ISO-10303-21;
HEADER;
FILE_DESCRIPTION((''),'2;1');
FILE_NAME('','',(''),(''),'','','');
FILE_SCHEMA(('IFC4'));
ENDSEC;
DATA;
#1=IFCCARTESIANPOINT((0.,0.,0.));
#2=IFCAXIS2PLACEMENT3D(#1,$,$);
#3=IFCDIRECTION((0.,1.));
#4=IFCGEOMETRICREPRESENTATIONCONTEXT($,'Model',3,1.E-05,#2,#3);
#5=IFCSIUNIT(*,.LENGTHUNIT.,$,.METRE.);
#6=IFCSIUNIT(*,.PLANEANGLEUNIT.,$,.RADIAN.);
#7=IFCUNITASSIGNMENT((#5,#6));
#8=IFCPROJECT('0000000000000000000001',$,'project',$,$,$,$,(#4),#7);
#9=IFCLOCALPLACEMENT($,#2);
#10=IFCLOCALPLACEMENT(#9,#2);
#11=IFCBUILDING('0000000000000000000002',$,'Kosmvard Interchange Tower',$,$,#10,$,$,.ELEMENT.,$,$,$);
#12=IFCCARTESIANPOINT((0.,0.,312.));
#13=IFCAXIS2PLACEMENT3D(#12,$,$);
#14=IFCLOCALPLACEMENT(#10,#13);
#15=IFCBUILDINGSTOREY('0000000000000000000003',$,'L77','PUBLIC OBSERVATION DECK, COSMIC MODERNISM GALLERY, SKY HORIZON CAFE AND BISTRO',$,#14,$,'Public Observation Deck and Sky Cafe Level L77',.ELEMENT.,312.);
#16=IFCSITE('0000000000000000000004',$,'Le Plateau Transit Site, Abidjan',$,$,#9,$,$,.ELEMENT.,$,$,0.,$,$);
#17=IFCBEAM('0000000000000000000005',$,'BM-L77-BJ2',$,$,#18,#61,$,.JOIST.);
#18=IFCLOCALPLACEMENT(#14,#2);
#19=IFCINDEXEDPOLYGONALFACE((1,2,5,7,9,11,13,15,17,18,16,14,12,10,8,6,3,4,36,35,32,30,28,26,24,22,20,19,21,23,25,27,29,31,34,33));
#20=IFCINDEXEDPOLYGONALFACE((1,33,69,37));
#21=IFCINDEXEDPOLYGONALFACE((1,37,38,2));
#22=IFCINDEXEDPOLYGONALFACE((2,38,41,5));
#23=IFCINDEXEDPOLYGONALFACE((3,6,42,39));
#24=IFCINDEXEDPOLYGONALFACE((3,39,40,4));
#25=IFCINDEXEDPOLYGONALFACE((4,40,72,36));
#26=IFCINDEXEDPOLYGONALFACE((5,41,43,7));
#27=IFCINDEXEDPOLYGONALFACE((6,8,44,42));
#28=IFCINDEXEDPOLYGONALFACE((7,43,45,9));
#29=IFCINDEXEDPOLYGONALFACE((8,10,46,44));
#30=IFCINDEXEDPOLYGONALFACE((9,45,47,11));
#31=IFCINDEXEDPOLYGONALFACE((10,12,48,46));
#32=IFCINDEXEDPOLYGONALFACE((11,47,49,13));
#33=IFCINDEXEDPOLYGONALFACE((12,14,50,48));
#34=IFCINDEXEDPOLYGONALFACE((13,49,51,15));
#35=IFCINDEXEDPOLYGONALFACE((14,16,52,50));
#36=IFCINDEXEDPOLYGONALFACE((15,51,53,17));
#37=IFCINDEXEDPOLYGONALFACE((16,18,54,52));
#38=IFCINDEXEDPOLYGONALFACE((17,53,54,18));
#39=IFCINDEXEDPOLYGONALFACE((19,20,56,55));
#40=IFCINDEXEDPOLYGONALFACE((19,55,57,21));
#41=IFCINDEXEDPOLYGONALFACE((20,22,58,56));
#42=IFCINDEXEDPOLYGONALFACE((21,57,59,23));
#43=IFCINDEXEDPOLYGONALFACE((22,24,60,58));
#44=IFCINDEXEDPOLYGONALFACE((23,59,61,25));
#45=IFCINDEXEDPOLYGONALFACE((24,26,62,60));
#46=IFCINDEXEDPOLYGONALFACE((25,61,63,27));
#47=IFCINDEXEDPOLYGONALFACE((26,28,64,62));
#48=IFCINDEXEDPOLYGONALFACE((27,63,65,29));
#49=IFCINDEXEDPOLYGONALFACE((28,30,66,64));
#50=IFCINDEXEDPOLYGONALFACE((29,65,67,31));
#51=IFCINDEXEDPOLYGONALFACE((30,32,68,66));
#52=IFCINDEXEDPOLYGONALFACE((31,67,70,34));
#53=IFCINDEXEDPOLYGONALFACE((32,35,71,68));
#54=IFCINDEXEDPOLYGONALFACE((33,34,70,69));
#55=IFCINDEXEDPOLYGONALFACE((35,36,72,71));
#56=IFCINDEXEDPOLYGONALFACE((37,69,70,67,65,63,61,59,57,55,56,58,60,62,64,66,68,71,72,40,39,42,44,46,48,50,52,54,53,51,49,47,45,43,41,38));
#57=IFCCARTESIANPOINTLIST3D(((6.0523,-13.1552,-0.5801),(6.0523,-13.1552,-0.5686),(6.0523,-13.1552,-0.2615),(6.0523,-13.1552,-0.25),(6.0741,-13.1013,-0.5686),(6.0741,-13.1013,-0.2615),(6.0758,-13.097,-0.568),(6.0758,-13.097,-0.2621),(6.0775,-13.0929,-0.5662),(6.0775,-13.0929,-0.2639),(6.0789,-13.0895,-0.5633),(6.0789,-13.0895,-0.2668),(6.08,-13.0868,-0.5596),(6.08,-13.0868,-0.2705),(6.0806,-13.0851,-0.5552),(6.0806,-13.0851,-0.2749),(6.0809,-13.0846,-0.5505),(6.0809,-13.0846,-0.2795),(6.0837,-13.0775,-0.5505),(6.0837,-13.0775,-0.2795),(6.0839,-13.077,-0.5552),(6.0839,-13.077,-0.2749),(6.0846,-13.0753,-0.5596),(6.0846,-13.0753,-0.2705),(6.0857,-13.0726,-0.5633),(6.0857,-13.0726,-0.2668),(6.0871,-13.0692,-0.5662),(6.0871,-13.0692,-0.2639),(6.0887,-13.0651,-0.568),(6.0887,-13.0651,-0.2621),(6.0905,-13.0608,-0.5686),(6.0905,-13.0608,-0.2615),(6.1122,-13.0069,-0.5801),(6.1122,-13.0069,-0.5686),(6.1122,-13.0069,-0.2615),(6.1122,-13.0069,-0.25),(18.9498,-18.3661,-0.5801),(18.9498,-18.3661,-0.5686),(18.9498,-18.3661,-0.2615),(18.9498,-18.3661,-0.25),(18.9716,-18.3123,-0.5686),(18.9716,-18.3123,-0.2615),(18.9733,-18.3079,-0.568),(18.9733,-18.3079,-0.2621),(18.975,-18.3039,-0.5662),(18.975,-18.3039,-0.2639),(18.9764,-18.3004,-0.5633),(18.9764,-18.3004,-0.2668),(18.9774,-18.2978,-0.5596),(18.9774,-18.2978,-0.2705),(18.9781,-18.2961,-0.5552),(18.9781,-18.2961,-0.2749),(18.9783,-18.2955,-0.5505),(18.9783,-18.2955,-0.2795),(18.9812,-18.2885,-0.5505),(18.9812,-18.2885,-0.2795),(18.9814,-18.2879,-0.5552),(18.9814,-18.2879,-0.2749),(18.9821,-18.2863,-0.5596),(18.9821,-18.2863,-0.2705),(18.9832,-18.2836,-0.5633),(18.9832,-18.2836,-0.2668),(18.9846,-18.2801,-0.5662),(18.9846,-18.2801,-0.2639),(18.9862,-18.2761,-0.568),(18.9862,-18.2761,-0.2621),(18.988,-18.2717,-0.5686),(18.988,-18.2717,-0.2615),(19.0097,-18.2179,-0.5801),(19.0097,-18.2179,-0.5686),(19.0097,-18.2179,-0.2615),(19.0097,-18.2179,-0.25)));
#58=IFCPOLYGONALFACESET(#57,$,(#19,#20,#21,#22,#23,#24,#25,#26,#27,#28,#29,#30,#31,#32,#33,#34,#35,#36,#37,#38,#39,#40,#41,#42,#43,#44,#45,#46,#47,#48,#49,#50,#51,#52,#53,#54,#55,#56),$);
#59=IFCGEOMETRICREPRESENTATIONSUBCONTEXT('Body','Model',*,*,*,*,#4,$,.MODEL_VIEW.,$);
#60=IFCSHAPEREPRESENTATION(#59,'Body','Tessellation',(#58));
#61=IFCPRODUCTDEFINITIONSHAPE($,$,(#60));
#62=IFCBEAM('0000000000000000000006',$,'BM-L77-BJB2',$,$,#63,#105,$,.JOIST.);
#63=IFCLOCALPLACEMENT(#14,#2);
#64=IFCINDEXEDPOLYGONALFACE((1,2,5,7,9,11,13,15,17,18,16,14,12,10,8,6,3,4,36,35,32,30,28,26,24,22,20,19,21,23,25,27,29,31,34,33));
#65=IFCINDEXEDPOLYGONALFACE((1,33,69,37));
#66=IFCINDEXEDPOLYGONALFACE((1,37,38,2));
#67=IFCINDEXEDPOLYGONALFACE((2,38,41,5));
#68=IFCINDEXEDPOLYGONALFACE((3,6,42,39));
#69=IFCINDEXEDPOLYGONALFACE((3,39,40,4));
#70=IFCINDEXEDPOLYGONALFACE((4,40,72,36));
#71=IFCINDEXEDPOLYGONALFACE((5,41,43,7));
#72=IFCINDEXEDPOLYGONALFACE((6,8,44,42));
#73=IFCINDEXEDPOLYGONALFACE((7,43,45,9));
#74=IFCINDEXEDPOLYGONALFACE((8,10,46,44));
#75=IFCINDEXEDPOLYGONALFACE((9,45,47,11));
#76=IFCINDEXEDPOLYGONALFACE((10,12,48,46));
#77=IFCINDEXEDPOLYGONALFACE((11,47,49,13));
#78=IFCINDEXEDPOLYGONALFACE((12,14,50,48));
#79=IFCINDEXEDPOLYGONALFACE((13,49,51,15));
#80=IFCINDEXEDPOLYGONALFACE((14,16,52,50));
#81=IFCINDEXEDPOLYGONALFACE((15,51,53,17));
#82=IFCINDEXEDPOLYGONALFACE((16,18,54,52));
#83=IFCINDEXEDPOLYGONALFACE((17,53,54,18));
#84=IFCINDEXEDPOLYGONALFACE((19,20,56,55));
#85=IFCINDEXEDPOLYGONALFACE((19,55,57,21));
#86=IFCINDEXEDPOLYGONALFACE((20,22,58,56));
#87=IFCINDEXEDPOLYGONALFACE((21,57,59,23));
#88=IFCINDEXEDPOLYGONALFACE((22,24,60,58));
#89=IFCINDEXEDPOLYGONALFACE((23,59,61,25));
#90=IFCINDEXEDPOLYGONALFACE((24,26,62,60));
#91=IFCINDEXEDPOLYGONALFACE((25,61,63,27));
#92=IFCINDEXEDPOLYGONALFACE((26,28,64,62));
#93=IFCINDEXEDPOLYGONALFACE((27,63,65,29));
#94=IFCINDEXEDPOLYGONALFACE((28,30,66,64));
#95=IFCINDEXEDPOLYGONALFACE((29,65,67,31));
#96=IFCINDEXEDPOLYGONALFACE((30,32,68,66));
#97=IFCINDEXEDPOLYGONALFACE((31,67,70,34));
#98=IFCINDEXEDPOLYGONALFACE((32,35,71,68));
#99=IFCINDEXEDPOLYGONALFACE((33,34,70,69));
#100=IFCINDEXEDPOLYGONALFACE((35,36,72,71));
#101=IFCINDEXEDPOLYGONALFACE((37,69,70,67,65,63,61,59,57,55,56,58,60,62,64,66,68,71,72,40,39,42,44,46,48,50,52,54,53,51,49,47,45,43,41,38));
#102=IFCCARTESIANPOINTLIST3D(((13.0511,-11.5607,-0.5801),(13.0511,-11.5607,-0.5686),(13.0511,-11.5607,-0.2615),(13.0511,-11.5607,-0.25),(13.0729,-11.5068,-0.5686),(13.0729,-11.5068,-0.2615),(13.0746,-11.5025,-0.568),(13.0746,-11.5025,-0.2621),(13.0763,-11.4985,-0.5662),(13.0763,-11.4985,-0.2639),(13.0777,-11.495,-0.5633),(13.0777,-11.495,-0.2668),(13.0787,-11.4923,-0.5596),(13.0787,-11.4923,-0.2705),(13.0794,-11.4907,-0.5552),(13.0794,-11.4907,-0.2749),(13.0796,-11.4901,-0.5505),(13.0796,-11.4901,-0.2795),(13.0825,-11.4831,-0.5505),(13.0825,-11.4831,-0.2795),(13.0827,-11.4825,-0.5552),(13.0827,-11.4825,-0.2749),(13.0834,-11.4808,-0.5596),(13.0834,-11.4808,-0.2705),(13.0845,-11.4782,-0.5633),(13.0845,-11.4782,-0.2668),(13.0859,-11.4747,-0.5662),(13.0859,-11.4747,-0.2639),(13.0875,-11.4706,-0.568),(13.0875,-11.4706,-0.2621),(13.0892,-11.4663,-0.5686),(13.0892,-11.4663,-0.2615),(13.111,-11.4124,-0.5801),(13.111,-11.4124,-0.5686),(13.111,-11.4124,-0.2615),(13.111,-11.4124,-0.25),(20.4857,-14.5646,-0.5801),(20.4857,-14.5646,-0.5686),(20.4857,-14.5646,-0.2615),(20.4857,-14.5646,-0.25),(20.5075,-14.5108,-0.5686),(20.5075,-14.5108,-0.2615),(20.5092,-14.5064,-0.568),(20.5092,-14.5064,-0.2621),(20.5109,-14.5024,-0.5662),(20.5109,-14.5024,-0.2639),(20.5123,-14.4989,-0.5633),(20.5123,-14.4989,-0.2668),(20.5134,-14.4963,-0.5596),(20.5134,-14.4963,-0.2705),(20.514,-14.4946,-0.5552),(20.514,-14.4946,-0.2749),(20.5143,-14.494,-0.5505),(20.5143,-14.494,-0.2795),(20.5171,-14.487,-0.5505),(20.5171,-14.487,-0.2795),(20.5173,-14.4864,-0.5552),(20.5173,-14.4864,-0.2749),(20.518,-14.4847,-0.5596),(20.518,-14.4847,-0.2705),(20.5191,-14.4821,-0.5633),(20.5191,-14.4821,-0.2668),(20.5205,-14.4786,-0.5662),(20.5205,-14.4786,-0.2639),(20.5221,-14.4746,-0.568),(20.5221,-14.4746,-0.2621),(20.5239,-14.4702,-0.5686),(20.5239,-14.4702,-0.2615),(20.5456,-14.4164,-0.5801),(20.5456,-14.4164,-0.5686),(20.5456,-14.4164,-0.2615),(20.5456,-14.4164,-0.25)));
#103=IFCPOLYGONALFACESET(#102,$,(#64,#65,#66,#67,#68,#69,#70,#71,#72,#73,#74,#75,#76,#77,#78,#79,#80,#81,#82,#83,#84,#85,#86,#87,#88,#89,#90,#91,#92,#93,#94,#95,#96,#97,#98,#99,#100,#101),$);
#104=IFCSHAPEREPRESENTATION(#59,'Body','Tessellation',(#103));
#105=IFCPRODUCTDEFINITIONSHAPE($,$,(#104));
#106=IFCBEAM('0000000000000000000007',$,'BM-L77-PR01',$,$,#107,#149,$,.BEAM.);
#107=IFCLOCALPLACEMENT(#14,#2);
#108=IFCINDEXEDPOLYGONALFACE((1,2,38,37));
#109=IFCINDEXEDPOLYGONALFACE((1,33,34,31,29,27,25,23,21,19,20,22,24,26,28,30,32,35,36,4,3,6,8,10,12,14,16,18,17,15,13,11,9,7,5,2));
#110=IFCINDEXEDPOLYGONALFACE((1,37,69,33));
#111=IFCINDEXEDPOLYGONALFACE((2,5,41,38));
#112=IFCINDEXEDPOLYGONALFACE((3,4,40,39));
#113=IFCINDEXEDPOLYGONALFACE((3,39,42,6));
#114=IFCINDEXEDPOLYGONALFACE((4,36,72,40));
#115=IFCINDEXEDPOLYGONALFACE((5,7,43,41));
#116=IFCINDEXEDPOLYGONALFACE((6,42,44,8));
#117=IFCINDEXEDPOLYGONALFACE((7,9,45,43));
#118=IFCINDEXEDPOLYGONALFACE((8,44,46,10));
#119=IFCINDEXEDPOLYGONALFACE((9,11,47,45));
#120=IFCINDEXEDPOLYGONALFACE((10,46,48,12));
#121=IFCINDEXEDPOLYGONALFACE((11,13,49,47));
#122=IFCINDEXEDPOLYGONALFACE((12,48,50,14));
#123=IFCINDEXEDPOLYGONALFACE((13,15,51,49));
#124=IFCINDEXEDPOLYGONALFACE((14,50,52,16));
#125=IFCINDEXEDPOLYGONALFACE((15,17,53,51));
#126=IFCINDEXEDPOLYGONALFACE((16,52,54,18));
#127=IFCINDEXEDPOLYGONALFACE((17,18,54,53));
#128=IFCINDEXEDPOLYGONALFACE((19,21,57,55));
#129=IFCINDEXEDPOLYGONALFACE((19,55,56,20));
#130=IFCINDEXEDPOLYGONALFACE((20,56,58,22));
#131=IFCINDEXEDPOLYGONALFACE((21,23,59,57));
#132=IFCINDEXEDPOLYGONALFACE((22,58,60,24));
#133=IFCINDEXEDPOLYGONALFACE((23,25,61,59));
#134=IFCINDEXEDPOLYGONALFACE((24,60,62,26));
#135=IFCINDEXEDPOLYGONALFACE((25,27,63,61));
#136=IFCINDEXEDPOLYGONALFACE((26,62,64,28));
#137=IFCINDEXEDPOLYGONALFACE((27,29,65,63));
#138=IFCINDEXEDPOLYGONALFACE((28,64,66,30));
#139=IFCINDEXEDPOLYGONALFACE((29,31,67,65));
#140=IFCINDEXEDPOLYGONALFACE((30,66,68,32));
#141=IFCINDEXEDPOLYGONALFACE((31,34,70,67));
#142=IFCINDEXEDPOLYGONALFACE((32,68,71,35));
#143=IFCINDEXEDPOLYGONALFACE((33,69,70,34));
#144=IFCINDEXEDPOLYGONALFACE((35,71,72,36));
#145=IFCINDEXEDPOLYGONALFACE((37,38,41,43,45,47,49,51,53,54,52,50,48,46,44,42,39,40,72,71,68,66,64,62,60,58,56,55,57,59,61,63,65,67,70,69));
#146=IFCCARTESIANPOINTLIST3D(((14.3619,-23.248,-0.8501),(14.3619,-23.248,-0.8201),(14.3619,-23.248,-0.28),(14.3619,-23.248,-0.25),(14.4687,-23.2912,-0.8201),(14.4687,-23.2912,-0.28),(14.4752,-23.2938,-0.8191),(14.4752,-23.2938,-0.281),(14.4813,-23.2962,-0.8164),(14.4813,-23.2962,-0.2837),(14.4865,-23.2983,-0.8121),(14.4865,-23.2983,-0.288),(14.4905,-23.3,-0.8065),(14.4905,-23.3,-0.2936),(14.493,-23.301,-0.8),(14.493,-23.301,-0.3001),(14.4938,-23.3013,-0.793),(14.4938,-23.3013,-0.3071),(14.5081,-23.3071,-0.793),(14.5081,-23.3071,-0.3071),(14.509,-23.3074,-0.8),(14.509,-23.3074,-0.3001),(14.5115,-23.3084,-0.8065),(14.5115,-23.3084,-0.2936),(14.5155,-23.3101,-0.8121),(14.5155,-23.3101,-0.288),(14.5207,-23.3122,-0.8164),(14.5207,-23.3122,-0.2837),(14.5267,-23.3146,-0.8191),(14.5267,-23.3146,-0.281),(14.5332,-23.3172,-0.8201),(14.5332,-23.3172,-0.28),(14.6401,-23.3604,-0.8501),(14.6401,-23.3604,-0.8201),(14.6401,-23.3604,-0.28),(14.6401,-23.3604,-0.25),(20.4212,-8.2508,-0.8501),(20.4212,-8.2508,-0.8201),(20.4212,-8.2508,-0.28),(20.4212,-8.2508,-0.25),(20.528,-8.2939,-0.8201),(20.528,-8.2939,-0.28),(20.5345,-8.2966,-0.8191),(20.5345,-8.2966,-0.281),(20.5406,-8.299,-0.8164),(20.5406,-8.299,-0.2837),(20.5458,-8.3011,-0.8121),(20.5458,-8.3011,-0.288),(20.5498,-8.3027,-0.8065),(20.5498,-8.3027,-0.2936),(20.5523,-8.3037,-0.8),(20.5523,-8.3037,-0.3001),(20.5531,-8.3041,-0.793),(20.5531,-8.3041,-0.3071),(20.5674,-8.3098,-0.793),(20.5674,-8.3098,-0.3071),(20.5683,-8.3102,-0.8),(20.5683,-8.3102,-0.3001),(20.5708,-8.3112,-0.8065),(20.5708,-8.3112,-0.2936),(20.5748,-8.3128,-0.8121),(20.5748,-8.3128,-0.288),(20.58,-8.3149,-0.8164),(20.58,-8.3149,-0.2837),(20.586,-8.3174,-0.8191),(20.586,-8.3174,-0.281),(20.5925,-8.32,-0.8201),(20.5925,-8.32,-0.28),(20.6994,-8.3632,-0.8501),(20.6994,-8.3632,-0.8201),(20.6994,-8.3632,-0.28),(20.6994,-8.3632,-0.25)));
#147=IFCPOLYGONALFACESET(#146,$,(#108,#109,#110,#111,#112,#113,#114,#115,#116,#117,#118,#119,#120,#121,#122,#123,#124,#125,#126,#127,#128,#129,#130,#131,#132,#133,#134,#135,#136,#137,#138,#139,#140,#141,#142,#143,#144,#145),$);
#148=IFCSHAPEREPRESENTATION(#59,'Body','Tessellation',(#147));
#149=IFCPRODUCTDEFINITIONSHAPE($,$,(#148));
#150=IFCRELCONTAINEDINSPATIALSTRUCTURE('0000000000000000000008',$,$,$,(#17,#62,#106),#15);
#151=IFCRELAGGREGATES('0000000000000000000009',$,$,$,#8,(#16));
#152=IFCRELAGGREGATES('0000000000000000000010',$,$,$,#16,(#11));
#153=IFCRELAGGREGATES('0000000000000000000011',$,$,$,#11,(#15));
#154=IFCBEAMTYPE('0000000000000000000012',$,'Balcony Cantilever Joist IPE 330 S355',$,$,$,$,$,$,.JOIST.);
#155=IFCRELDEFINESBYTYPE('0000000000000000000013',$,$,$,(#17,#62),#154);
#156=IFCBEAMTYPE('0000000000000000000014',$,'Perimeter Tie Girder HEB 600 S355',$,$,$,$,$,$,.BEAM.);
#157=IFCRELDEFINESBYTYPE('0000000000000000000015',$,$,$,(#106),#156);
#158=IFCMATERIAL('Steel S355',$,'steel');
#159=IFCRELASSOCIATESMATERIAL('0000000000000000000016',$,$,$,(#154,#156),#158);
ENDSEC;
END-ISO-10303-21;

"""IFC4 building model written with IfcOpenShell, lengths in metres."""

from ifc_helpers import new_model, si_unit, direction, frame, origin, origin_2d, place, context, subcontext, project, spatial, i_section, extrude, source, transform, mapped, material, material_profile, profile_set, type_object, element, save


model = new_model("IFC4")

# Units and contexts
model_context = context("Model", 3, precision=1e-05, world=origin(), true_north=direction((0.0, 1.0)))
body_context = subcontext(model_context, "Body", "Model", "MODEL_VIEW")
ifc_project = project(units=[si_unit("LENGTHUNIT", "METRE"), si_unit("PLANEANGLEUNIT", "RADIAN")], contexts=[model_context])

# Site, building, storey
site_placement = place(None, origin())
site = spatial("IfcSite", under=ifc_project, at=site_placement, Name="Le Plateau Transit Site, Abidjan", CompositionType="ELEMENT", RefElevation=0.0)
building_placement = place(site_placement, origin())
building = spatial("IfcBuilding", under=site, at=building_placement, Name="Kosmvard Interchange Tower", CompositionType="ELEMENT")
storey_placement = place(building_placement, frame((0.0, 0.0, 312.0)))
storey = spatial("IfcBuildingStorey", under=building, at=storey_placement, Name="L77", Description="PUBLIC OBSERVATION DECK, COSMIC MODERNISM GALLERY, SKY HORIZON CAFE AND BISTRO", LongName="Public Observation Deck and Sky Cafe Level L77", CompositionType="ELEMENT", Elevation=312.0)

# Beams
ifc_material_1 = material(Name="Steel S355", Category="steel")
ifc_material_profile_1 = material_profile(ifc_material_1, i_section(OverallWidth=0.1599, OverallDepth=0.3301, WebThickness=0.0076, FlangeThickness=0.0115, FilletRadius=0.0181, at=origin_2d()), Name="IPE 330")
ifc_profile_set_1 = profile_set([ifc_material_profile_1], Name="Steel S355")
beam_type_1 = type_object("IfcBeamType", Name="Balcony Cantilever Joist IPE 330 S355", PredefinedType="JOIST", material=ifc_profile_set_1)
shared_shape_1 = source(origin(), body_context, "Body", "SweptSolid", [
    extrude(i_section(OverallWidth=0.1599, OverallDepth=0.3301, WebThickness=0.0076, FlangeThickness=0.0115, FilletRadius=0.0181, at=origin_2d()), origin(), (0.0, 0.0, 1.0), 13.9104),
])
beam_1_placement = place(storey_placement, frame((6.0823, -13.0811, -0.415), z_axis=(0.927183, -0.374608, 0.0), x_axis=(0.374608, 0.927183, 0.0)))
element("IfcBeam", 1, at=beam_1_placement, inside=storey, type_object=beam_type_1, Name="BM-L77-BJ2", PredefinedType="JOIST", context=body_context, shape_type="MappedRepresentation", body=[
    mapped(shared_shape_1, transform((0.0, 0.0, 0.0), scale=1.0)),
])
shared_shape_2 = source(origin(), body_context, "Body", "SweptSolid", [
    extrude(i_section(OverallWidth=0.1599, OverallDepth=0.3301, WebThickness=0.0076, FlangeThickness=0.0115, FilletRadius=0.0181, at=origin_2d()), origin(), (0.0, 0.0, 1.0), 8.0186),
])
beam_2_placement = place(storey_placement, frame((13.0811, -11.4866, -0.415), z_axis=(0.927178, -0.374622, 0.0), x_axis=(0.374622, 0.927178, 0.0)))
element("IfcBeam", 2, at=beam_2_placement, inside=storey, type_object=beam_type_1, Name="BM-L77-BJB2", PredefinedType="JOIST", context=body_context, shape_type="MappedRepresentation", body=[
    mapped(shared_shape_2, transform((0.0, 0.0, 0.0), scale=1.0)),
])
ifc_material_profile_2 = material_profile(ifc_material_1, i_section(OverallWidth=0.3, OverallDepth=0.6001, WebThickness=0.0154, FlangeThickness=0.03, FilletRadius=0.0271, at=origin_2d()), Name="HEB 600")
ifc_profile_set_2 = profile_set([ifc_material_profile_2], Name="Steel S355")
beam_type_2 = type_object("IfcBeamType", Name="Perimeter Tie Girder HEB 600 S355", PredefinedType="BEAM", material=ifc_profile_set_2)
shared_shape_3 = source(origin(), body_context, "Body", "SweptSolid", [
    extrude(i_section(OverallWidth=0.3, OverallDepth=0.6001, WebThickness=0.0154, FlangeThickness=0.03, FilletRadius=0.0271, at=origin_2d()), origin(), (0.0, 0.0, 1.0), 16.175),
])
beam_3_placement = place(storey_placement, frame((14.501, -23.3042, -0.55), z_axis=(0.374608, 0.927183, 0.0), x_axis=(-0.927183, 0.374608, 0.0)))
element("IfcBeam", 3, at=beam_3_placement, inside=storey, type_object=beam_type_2, Name="BM-L77-PR01", PredefinedType="BEAM", context=body_context, shape_type="MappedRepresentation", body=[
    mapped(shared_shape_3, transform((0.0, 0.0, 0.0), scale=1.0)),
])

save(model, "model.ifc")
